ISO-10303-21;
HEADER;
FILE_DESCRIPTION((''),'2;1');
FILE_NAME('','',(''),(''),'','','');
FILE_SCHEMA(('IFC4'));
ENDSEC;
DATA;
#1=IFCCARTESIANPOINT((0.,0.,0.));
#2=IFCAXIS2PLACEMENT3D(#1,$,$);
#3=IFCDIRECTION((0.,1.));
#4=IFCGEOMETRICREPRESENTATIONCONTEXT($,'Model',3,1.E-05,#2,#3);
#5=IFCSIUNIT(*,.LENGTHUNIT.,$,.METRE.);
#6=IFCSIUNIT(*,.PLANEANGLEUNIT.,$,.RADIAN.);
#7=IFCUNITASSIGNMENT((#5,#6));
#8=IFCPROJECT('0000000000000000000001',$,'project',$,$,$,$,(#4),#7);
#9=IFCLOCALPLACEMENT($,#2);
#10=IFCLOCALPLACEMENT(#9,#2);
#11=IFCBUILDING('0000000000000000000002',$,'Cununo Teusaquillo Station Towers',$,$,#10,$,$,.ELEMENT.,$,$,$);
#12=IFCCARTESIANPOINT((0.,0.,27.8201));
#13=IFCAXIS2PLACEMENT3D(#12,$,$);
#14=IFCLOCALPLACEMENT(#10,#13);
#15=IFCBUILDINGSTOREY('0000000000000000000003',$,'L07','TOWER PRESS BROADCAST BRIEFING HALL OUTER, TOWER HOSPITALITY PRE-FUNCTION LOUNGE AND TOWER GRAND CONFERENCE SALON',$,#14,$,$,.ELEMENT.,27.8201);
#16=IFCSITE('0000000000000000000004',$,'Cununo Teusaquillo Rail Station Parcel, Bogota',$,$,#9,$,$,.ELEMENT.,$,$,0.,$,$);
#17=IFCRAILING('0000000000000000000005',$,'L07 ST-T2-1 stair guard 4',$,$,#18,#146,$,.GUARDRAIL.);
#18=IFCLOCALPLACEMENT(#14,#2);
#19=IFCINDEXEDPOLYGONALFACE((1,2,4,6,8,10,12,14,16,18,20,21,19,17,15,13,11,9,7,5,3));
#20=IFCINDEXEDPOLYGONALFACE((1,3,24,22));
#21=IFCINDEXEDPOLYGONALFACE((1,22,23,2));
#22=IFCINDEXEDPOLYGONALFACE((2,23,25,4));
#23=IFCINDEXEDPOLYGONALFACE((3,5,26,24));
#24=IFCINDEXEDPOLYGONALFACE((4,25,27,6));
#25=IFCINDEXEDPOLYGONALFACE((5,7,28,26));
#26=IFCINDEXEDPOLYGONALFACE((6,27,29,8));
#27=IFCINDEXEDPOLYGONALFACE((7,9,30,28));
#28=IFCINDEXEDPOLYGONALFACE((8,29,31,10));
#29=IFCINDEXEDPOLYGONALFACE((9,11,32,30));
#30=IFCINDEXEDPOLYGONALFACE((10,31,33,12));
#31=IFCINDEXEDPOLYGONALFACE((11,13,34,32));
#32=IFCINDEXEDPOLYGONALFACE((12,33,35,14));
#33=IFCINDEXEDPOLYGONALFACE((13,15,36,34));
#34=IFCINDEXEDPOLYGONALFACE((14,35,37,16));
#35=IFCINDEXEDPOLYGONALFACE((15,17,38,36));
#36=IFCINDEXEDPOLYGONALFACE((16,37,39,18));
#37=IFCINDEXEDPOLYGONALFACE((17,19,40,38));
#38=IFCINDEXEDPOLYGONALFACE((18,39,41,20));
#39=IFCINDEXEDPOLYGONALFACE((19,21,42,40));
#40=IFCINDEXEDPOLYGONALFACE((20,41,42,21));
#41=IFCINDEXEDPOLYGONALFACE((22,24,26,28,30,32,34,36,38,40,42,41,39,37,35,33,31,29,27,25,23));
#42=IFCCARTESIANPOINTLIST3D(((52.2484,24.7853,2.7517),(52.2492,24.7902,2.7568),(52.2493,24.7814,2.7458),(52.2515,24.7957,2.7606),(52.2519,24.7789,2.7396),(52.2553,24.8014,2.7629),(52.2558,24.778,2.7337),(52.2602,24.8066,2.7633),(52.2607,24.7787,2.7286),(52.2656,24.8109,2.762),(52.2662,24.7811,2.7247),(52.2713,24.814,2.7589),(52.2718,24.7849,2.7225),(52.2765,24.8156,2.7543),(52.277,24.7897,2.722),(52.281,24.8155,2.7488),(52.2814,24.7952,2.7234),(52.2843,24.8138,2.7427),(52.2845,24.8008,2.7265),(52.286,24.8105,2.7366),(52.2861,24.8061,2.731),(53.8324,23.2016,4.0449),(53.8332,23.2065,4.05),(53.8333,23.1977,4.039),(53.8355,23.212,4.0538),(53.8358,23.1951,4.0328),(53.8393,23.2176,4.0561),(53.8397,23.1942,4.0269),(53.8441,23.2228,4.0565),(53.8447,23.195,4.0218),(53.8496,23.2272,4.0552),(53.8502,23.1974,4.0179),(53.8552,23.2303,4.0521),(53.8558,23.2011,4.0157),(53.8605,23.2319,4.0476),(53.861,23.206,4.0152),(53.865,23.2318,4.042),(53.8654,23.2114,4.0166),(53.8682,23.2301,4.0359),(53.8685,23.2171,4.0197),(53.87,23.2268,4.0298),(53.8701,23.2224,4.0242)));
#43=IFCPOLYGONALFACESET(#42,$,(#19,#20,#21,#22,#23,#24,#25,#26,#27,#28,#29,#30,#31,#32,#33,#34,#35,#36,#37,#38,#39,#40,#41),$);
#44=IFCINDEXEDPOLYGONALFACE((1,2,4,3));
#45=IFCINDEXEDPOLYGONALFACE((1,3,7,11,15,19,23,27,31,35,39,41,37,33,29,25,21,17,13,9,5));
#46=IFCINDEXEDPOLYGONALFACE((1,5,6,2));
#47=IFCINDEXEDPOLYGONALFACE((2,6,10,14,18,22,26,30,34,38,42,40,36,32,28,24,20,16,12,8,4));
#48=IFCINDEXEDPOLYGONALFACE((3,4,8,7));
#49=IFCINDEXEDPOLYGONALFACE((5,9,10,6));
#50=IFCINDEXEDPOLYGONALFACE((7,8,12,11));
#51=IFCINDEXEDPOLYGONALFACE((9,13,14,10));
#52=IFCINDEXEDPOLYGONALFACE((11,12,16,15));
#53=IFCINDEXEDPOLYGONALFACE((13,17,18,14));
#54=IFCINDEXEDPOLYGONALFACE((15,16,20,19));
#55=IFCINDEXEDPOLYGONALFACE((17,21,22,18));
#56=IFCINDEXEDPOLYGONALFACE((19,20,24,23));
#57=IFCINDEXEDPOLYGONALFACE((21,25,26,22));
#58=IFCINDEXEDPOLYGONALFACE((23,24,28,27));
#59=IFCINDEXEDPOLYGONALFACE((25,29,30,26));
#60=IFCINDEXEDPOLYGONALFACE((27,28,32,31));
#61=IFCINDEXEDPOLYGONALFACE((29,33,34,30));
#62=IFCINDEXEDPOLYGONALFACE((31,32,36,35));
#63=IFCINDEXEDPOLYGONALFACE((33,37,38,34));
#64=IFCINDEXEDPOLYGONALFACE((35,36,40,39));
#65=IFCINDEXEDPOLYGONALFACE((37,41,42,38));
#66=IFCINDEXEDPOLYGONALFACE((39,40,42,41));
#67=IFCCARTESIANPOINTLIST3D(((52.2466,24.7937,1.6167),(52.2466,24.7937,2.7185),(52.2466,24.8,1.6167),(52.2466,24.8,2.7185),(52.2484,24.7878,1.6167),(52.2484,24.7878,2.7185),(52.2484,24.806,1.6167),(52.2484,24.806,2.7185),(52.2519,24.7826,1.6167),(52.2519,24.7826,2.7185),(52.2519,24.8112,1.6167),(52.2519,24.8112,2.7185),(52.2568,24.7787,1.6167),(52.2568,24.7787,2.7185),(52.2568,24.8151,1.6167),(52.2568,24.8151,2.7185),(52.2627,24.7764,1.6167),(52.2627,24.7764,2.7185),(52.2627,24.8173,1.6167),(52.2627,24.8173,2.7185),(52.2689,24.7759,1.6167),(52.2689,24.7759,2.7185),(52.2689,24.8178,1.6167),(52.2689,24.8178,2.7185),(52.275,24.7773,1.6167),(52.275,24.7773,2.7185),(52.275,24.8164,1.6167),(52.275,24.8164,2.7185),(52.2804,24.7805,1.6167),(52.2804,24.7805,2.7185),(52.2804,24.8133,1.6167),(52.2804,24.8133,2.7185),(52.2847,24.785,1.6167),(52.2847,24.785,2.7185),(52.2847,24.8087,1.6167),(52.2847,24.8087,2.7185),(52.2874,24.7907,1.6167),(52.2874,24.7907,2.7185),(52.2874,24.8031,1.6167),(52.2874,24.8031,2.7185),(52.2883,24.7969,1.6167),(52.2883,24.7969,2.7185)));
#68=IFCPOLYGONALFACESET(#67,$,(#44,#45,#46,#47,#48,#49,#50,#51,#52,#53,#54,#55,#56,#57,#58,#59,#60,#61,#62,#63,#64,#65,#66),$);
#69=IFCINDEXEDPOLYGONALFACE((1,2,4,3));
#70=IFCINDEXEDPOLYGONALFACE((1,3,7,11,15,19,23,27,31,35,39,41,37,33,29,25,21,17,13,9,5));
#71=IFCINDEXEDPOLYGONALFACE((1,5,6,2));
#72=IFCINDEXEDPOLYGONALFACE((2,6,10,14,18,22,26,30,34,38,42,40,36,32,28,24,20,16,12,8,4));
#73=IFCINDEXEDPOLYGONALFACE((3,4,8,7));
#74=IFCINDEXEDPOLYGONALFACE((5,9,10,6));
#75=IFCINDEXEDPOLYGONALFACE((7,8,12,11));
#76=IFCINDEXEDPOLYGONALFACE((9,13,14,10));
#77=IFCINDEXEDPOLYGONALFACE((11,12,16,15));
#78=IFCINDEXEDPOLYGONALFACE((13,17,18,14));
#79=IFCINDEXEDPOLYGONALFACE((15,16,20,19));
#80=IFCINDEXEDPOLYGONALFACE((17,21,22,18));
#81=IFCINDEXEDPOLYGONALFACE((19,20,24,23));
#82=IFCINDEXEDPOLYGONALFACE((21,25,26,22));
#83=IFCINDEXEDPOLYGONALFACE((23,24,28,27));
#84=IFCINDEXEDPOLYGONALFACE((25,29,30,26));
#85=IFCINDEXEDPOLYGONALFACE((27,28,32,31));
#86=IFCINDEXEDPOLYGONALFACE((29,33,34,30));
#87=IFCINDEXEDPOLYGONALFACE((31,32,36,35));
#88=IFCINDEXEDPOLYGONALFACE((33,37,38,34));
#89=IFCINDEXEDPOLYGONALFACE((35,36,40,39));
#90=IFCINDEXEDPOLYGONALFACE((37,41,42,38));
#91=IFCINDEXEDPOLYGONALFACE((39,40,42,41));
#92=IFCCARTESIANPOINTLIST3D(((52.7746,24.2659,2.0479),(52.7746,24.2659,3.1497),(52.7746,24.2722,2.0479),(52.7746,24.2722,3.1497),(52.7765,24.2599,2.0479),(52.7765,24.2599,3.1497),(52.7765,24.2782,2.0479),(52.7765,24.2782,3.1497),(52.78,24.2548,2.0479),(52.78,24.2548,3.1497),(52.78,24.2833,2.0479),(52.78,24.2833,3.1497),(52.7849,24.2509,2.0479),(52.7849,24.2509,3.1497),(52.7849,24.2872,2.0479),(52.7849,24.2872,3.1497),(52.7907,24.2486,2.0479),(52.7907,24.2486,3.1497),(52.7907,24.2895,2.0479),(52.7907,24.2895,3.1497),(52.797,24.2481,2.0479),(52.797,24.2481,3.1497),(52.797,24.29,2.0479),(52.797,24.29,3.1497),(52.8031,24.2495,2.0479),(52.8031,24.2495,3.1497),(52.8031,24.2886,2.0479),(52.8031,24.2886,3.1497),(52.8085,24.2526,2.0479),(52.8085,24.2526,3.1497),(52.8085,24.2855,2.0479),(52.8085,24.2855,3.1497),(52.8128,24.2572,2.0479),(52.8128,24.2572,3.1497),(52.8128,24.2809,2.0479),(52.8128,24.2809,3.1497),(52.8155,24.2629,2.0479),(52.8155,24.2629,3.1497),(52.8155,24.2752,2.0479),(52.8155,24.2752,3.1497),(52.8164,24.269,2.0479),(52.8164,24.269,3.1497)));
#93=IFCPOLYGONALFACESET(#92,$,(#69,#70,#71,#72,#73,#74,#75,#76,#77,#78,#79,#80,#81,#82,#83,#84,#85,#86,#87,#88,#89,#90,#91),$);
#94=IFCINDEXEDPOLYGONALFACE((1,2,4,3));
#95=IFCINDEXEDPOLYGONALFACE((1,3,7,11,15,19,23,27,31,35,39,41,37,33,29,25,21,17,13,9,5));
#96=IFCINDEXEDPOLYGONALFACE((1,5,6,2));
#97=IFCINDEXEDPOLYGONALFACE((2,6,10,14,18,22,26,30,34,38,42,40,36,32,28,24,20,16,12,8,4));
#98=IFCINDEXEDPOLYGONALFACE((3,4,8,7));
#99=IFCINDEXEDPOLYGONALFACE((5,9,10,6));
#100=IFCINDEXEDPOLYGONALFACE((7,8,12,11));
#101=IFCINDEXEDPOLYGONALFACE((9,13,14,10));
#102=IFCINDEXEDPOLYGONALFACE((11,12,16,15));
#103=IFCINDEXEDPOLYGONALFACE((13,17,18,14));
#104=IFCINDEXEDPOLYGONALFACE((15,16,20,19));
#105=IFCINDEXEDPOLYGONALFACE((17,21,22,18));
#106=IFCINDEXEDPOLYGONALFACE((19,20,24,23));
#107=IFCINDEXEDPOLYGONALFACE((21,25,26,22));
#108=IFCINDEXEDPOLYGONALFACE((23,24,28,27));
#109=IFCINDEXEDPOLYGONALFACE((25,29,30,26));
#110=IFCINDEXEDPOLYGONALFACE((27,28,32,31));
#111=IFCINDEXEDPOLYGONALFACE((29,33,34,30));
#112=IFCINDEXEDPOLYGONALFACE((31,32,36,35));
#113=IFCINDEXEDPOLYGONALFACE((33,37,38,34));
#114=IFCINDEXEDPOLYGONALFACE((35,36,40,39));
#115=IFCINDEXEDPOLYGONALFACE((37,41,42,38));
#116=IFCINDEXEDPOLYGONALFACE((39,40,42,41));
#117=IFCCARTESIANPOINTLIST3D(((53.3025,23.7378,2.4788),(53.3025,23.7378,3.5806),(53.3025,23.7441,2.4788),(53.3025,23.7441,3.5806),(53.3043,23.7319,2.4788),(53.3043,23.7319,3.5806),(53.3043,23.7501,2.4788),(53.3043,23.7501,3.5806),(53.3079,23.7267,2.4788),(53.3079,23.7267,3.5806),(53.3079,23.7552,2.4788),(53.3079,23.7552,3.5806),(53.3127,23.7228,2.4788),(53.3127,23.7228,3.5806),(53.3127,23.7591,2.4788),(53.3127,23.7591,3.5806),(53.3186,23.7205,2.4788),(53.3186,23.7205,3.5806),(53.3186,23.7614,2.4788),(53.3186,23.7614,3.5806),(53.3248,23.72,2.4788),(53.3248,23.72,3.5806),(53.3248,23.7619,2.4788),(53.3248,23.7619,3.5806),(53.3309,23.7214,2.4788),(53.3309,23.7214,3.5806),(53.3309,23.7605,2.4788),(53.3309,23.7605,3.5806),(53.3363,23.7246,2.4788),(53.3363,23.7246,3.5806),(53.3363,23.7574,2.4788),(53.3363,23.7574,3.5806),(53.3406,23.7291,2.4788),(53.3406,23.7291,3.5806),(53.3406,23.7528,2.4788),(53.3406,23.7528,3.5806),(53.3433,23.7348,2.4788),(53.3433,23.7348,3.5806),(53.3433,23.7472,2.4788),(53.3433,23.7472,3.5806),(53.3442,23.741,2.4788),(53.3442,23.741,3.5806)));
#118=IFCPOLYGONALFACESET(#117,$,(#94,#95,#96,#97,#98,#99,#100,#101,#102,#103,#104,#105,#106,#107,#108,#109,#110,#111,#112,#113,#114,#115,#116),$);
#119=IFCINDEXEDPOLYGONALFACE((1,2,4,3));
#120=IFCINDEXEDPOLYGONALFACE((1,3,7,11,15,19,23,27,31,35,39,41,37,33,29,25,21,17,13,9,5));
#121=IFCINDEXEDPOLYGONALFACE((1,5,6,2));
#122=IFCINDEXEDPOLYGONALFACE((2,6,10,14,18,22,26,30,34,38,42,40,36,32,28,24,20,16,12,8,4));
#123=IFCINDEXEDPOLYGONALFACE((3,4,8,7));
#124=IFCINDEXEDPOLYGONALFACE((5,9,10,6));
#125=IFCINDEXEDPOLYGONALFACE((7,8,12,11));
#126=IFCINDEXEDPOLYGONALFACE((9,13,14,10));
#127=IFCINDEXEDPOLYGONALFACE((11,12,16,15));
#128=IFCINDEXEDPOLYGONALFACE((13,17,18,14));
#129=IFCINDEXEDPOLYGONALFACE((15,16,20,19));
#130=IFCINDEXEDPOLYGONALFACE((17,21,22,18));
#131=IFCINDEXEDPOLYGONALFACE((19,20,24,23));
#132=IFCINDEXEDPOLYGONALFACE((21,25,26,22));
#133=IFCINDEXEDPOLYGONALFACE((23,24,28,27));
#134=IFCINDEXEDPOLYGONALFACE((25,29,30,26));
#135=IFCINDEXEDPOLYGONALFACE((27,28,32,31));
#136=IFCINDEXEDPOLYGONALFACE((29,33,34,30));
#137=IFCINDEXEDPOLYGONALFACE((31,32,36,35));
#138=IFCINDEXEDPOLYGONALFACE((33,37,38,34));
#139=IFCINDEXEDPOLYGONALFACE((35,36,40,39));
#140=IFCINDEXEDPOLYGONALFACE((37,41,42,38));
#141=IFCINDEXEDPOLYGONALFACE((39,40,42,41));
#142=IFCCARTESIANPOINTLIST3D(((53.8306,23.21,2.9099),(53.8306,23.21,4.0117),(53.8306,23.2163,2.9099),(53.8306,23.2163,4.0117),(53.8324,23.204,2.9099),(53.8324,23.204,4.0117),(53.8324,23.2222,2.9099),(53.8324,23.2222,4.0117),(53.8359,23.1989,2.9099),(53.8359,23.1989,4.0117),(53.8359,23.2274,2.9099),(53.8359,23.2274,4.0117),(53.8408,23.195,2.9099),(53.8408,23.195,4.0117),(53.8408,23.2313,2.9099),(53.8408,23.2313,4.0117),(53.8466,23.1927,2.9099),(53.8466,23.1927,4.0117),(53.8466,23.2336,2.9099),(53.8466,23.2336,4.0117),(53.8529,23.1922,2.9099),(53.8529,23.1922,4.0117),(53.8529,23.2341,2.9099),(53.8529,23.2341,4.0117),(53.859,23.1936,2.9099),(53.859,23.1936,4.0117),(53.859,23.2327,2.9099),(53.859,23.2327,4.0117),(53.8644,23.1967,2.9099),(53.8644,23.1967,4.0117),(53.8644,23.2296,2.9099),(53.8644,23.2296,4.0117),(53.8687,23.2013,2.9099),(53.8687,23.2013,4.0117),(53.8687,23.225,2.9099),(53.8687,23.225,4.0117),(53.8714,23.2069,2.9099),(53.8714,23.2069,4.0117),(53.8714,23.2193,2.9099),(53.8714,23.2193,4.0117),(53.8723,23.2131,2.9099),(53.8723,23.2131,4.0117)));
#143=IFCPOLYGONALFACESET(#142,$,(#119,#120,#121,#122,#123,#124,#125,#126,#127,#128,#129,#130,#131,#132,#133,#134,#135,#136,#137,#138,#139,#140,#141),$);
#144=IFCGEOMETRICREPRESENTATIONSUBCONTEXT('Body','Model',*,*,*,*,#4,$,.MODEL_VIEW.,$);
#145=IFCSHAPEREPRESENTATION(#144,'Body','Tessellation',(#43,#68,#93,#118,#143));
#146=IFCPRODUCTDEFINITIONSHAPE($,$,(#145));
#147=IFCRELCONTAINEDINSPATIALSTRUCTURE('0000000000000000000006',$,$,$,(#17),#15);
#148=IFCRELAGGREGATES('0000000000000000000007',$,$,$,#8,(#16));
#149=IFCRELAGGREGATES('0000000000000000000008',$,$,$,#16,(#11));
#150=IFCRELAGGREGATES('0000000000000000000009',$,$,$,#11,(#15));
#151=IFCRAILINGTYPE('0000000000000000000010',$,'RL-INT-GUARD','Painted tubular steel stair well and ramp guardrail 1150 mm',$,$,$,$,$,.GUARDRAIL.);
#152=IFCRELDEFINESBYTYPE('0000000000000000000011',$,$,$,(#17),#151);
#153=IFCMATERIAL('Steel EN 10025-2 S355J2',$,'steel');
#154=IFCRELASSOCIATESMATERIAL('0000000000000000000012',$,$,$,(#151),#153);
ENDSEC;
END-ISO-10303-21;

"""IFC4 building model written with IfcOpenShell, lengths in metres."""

from ifc_helpers import new_model, si_unit, direction, frame, origin, origin_2d, place, context, subcontext, project, spatial, circle, extrude, material, type_object, element, save


model = new_model("IFC4")

# Units and contexts
model_context = context("Model", 3, precision=1e-05, world=origin(), true_north=direction((0.0, 1.0)))
body_context = subcontext(model_context, "Body", "Model", "MODEL_VIEW")
ifc_project = project(units=[si_unit("LENGTHUNIT", "METRE"), si_unit("PLANEANGLEUNIT", "RADIAN")], contexts=[model_context])

# Site, building, storey
site_placement = place(None, origin())
site = spatial("IfcSite", under=ifc_project, at=site_placement, Name="Cununo Teusaquillo Rail Station Parcel, Bogota", CompositionType="ELEMENT", RefElevation=0.0)
building_placement = place(site_placement, origin())
building = spatial("IfcBuilding", under=site, at=building_placement, Name="Cununo Teusaquillo Station Towers", CompositionType="ELEMENT")
storey_placement = place(building_placement, frame((0.0, 0.0, 27.8201)))
storey = spatial("IfcBuildingStorey", under=building, at=storey_placement, Name="L07", Description="TOWER PRESS BROADCAST BRIEFING HALL OUTER, TOWER HOSPITALITY PRE-FUNCTION LOUNGE AND TOWER GRAND CONFERENCE SALON", CompositionType="ELEMENT", Elevation=27.8201)

# Railing
ifc_material_1 = material(Name="Steel EN 10025-2 S355J2", Category="steel")
railing_type_1 = type_object("IfcRailingType", Name="RL-INT-GUARD", Description="Painted tubular steel stair well and ramp guardrail 1150 mm", PredefinedType="GUARDRAIL", material=ifc_material_1)
railing_1_placement = place(storey_placement, frame((52.2673, 24.7969, 1.6167)))
element("IfcRailing", 1, at=railing_1_placement, inside=storey, type_object=railing_type_1, Name="L07 ST-T2-1 stair guard 4", PredefinedType="GUARDRAIL", context=body_context, shape_type="SweptSolid", body=[
    extrude(circle(Radius=0.0239, at=origin_2d()), frame((0.0, 0.0, 1.126), z_axis=(0.61242, -0.612326, 0.499998), x_axis=(0.707052, 0.707161, 0.0)), (0.0, 0.0, 1.0), 2.5864),
    extrude(circle(Radius=0.021, at=origin_2d()), origin(), (0.0, 0.0, 1.0), 1.1018),
    extrude(circle(Radius=0.021, at=origin_2d()), frame((0.5281, -0.5278, 0.4312)), (0.0, 0.0, 1.0), 1.1018),
    extrude(circle(Radius=0.021, at=origin_2d()), frame((1.0559, -1.0559, 0.8621)), (0.0, 0.0, 1.0), 1.1018),
    extrude(circle(Radius=0.021, at=origin_2d()), frame((1.584, -1.5837, 1.2932)), (0.0, 0.0, 1.0), 1.1018),
])

save(model, "model.ifc")
